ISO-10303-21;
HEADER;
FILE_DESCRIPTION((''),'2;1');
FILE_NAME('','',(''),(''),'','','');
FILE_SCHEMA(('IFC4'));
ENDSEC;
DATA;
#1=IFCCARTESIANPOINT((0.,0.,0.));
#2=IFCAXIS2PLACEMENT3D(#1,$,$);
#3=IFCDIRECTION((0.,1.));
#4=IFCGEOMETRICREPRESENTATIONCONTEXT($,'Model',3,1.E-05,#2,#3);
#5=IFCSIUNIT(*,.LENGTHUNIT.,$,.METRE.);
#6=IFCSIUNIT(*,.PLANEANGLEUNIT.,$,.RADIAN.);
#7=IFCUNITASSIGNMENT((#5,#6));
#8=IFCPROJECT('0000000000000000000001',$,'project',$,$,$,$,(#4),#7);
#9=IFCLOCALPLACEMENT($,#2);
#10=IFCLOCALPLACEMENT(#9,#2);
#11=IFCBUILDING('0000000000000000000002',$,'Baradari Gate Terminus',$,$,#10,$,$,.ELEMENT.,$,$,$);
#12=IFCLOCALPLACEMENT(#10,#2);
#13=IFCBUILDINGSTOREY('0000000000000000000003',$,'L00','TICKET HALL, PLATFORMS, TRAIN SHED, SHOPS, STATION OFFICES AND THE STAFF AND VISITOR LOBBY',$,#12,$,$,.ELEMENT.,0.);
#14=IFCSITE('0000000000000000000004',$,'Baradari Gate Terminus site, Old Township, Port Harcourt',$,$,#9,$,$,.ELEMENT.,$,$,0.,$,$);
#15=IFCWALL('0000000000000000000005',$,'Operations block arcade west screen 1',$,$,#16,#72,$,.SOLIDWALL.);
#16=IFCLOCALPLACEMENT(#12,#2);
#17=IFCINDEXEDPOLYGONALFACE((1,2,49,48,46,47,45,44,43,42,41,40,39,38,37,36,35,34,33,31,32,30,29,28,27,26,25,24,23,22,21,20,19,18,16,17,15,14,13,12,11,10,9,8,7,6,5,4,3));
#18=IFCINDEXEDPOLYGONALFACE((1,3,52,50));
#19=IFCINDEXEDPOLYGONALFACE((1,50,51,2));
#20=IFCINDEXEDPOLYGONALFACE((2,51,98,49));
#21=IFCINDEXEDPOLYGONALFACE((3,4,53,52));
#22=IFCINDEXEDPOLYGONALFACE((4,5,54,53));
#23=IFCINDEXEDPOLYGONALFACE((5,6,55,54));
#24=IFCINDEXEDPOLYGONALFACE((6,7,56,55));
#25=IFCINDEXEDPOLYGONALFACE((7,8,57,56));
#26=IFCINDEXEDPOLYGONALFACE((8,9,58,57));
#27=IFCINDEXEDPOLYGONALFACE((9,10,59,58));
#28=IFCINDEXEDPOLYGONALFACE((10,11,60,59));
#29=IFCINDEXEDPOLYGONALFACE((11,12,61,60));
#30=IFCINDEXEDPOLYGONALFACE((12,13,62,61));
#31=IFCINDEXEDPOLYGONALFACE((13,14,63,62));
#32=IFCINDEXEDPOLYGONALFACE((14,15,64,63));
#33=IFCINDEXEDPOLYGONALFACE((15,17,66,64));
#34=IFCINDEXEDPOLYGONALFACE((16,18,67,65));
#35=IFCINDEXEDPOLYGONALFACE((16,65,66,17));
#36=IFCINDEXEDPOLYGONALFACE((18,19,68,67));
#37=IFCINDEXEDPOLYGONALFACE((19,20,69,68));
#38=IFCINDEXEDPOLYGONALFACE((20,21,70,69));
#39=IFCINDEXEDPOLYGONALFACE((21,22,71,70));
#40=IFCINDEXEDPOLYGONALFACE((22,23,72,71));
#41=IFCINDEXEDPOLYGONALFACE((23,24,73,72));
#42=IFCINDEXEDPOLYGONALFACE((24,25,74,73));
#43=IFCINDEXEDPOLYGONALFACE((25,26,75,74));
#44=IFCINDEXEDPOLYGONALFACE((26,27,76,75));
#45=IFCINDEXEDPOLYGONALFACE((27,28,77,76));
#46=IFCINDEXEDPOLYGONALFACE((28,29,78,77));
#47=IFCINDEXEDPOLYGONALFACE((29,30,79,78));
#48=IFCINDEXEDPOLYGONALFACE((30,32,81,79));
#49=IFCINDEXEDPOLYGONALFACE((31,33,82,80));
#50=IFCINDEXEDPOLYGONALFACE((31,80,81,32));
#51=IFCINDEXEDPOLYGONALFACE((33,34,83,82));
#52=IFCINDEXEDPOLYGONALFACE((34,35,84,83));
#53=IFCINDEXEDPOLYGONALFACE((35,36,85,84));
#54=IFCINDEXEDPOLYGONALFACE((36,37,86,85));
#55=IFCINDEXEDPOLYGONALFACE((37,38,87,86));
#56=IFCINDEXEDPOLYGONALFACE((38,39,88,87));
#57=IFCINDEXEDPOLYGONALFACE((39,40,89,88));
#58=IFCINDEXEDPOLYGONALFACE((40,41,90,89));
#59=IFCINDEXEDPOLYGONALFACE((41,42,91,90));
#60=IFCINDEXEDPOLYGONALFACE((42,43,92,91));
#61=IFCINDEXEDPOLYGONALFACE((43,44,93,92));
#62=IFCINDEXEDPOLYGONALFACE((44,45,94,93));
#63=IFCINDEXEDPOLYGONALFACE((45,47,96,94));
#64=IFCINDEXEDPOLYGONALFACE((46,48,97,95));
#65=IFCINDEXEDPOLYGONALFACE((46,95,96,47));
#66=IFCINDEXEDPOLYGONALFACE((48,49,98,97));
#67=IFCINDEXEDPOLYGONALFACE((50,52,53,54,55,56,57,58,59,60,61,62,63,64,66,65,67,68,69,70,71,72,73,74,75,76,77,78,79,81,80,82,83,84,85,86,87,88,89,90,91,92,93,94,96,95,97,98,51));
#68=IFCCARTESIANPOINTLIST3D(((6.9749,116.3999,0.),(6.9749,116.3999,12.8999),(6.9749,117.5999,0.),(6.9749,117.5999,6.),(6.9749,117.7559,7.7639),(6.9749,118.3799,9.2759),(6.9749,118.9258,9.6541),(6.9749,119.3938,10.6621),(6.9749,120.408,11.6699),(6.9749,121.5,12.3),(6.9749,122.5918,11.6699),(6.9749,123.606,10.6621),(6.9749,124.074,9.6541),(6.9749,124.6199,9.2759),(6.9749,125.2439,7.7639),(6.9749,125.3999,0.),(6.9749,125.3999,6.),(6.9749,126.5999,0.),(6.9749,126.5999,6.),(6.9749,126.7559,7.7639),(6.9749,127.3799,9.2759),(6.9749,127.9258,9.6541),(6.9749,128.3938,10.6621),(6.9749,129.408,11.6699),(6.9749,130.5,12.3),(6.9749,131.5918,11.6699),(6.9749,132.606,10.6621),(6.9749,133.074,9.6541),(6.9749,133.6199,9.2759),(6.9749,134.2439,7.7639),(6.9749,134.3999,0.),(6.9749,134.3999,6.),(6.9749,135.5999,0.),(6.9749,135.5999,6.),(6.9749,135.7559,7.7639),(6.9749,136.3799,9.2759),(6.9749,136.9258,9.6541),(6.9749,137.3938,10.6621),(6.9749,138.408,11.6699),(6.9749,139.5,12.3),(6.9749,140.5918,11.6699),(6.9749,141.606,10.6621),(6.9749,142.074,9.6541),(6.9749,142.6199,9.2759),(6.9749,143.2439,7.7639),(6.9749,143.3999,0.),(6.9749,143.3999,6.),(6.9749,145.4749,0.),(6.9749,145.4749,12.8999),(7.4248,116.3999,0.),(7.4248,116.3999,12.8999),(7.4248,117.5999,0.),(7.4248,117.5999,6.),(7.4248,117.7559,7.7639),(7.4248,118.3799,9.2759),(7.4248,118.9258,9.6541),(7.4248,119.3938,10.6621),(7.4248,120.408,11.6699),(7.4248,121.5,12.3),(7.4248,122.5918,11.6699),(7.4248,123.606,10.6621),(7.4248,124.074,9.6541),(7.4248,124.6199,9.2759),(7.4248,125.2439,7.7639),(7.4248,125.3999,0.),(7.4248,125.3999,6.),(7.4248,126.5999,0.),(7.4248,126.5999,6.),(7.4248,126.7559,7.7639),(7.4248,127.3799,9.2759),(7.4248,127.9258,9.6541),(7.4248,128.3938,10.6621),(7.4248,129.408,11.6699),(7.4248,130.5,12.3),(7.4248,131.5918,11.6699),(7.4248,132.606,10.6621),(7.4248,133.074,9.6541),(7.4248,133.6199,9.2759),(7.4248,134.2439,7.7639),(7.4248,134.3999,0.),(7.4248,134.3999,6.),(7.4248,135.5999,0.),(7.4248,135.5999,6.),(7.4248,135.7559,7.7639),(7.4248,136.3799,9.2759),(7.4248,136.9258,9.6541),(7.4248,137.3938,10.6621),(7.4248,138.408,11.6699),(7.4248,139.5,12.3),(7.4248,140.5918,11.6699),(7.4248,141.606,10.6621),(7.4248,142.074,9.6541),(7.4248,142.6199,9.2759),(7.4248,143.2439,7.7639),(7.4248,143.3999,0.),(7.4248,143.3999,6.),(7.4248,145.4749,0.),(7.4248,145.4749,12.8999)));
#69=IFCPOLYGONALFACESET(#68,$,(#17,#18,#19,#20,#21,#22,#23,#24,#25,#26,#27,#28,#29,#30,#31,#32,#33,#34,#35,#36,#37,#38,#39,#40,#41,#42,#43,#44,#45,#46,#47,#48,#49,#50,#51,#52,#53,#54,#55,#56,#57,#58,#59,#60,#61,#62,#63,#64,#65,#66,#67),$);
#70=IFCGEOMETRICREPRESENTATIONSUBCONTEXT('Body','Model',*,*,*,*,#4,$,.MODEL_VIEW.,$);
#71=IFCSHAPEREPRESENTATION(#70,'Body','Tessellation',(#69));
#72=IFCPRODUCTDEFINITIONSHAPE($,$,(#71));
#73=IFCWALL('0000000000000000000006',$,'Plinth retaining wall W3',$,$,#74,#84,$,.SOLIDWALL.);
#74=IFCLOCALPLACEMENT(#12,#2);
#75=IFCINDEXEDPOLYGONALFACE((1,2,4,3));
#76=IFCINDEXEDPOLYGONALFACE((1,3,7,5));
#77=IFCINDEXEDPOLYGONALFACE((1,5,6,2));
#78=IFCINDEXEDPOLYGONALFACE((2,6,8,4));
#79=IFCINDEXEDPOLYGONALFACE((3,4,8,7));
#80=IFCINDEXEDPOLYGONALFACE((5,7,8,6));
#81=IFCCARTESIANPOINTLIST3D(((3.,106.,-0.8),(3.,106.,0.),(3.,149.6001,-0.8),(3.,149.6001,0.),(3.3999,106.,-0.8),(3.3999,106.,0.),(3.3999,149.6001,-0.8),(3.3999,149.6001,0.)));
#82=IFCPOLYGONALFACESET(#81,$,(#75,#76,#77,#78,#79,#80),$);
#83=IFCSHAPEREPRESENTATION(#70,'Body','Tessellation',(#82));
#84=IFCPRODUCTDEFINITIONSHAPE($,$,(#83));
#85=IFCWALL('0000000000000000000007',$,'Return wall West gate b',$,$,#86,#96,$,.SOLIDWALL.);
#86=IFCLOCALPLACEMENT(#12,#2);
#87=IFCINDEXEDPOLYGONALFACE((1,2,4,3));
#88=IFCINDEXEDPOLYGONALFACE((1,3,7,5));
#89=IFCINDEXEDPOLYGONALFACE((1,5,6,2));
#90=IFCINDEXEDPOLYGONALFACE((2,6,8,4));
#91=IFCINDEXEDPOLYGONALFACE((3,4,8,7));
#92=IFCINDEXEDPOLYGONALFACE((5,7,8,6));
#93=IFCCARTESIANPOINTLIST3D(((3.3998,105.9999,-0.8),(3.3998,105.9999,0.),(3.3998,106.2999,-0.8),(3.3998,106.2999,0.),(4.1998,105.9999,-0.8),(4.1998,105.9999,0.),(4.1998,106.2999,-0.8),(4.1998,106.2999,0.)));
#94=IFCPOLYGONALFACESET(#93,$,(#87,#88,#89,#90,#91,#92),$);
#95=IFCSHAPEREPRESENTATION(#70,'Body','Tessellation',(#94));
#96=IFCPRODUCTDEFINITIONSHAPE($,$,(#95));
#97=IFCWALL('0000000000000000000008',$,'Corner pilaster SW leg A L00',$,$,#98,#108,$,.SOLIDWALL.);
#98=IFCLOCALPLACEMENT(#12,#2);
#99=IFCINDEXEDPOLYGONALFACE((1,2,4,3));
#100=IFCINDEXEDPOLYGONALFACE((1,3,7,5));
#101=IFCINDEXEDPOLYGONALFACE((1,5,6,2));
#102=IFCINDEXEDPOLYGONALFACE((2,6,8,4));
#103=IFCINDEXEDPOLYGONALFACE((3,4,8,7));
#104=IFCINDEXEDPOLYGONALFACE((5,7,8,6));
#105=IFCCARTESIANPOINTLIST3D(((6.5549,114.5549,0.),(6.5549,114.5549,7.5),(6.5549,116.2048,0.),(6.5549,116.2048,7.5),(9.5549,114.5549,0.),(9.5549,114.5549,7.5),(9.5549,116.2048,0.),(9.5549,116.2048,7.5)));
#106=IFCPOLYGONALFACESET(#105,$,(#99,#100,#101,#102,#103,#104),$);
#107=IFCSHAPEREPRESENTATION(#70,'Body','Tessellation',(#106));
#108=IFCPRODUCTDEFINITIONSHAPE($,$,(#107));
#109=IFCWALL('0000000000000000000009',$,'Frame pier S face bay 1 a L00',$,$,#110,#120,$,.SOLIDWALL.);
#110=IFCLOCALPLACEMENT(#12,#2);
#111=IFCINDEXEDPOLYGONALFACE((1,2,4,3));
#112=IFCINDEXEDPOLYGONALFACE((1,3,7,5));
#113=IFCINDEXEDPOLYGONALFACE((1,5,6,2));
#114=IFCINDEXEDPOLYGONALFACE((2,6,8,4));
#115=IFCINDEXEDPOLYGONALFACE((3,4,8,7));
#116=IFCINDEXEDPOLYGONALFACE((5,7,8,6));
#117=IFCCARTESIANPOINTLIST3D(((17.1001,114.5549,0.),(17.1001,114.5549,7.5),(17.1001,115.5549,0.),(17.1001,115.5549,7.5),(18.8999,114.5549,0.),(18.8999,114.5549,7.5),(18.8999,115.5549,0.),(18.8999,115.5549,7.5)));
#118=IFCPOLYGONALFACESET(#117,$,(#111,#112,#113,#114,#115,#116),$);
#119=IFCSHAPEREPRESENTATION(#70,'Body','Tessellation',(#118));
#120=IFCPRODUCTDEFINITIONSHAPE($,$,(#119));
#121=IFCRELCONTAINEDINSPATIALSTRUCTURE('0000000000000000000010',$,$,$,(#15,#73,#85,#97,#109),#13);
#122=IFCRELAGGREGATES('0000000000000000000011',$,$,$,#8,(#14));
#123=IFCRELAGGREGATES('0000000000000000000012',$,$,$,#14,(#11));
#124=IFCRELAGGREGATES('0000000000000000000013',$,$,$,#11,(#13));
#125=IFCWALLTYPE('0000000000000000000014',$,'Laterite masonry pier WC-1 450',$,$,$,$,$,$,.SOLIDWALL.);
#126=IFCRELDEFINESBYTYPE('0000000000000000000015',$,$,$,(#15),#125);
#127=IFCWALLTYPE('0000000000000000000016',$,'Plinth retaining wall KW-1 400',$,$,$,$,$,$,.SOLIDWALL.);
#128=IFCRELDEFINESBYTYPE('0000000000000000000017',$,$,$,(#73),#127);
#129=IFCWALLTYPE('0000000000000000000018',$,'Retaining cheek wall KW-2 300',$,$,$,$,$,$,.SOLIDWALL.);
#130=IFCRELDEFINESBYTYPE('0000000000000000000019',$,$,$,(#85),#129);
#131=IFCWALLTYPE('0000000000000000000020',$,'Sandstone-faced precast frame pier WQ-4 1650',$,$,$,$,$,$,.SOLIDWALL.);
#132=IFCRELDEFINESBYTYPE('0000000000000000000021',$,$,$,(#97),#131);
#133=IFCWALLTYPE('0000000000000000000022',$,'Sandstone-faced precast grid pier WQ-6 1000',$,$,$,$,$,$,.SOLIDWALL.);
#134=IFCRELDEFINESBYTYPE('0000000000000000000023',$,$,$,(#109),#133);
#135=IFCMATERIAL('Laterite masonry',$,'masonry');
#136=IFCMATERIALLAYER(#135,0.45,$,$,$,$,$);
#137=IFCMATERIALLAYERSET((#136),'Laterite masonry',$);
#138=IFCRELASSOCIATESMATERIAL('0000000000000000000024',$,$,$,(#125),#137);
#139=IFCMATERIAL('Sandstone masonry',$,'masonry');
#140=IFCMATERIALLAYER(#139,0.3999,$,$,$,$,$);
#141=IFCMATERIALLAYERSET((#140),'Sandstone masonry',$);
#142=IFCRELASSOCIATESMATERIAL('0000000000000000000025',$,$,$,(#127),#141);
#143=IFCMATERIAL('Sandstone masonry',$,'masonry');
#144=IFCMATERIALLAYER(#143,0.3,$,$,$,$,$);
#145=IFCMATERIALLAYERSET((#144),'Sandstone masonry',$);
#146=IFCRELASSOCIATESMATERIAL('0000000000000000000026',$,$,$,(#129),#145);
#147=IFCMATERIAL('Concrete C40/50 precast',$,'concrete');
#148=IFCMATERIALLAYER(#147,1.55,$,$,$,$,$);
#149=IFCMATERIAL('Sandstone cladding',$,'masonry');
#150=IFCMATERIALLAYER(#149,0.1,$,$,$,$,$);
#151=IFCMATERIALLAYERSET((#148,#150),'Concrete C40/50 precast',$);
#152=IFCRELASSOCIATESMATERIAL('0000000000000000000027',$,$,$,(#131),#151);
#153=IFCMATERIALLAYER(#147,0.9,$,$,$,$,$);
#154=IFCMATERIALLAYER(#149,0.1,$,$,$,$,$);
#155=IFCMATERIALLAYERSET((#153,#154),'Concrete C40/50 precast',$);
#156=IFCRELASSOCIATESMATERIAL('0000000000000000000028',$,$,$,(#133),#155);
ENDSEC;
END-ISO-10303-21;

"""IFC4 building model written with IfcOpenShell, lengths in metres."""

from ifc_helpers import new_model, si_unit, direction, frame, frame_2d, origin, place, context, subcontext, project, spatial, polyline, rectangle, outline, extrude, material, layer, layer_set, type_object, element, save


model = new_model("IFC4")

# Units and contexts
model_context = context("Model", 3, precision=1e-05, world=origin(), true_north=direction((0.0, 1.0)))
body_context = subcontext(model_context, "Body", "Model", "MODEL_VIEW")
ifc_project = project(units=[si_unit("LENGTHUNIT", "METRE"), si_unit("PLANEANGLEUNIT", "RADIAN")], contexts=[model_context])

# Site, building, storey
site_placement = place(None, origin())
site = spatial("IfcSite", under=ifc_project, at=site_placement, Name="Baradari Gate Terminus site, Old Township, Port Harcourt", CompositionType="ELEMENT", RefElevation=0.0)
building_placement = place(site_placement, origin())
building = spatial("IfcBuilding", under=site, at=building_placement, Name="Baradari Gate Terminus", CompositionType="ELEMENT")
storey_placement = place(building_placement, origin())
storey = spatial("IfcBuildingStorey", under=building, at=storey_placement, Name="L00", Description="TICKET HALL, PLATFORMS, TRAIN SHED, SHOPS, STATION OFFICES AND THE STAFF AND VISITOR LOBBY", CompositionType="ELEMENT", Elevation=0.0)

# Shared definitions
ifc_material_1 = material(Name="Laterite masonry", Category="masonry")
ifc_layer_1 = layer(ifc_material_1, 0.45)
ifc_layer_set_1 = layer_set([ifc_layer_1], Name="Laterite masonry")
wall_type_1 = type_object("IfcWallType", Name="Laterite masonry pier WC-1 450", PredefinedType="SOLIDWALL", material=ifc_layer_set_1)

# Walls
wall_1_placement = place(storey_placement, frame((7.2, 116.3999, 0.0), z_axis=(0.0, 0.0, 1.0), x_axis=(0.0, 1.0, 0.0)))
element("IfcWall", 1, at=wall_1_placement, inside=storey, type_object=wall_type_1, Name="Operations block arcade west screen 1", PredefinedType="SOLIDWALL", context=body_context, shape_type="SweptSolid", body=[
    extrude(outline(polyline([(1.2, 0.0), (1.2, 6.0), (1.356, 7.7639), (1.98, 9.2759), (2.5259, 9.6541), (2.9939, 10.6621), (4.0081, 11.6699), (5.1001, 12.3), (6.1919, 11.6699), (7.2061, 10.6621), (7.6741, 9.6541), (8.22, 9.2759), (8.844, 7.7639), (9.0, 6.0), (9.0, 0.0), (10.2, 0.0), (10.2, 6.0), (10.356, 7.7639), (10.98, 9.2759), (11.5259, 9.6541), (11.9939, 10.6621), (13.0081, 11.6699), (14.1001, 12.3), (15.1919, 11.6699), (16.2061, 10.6621), (16.6741, 9.6541), (17.22, 9.2759), (17.844, 7.7639), (18.0, 6.0), (18.0, 0.0), (19.2, 0.0), (19.2, 6.0), (19.356, 7.7639), (19.98, 9.2759), (20.5259, 9.6541), (20.9939, 10.6621), (22.0081, 11.6699), (23.1001, 12.3), (24.1919, 11.6699), (25.2061, 10.6621), (25.6741, 9.6541), (26.22, 9.2759), (26.844, 7.7639), (27.0, 6.0), (27.0, 0.0), (29.075, 0.0), (29.075, 12.8999), (0.0, 12.8999), (0.0, 0.0), (1.2, 0.0)])), frame((0.0, 0.2251, 0.0), z_axis=(0.0, -1.0, 0.0), x_axis=(1.0, 0.0, 0.0)), (0.0, 0.0, 1.0), 0.45),
])
ifc_material_2 = material(Name="Sandstone masonry", Category="masonry")
ifc_layer_2 = layer(ifc_material_2, 0.3999)
ifc_layer_set_2 = layer_set([ifc_layer_2], Name="Sandstone masonry")
wall_type_2 = type_object("IfcWallType", Name="Plinth retaining wall KW-1 400", PredefinedType="SOLIDWALL", material=ifc_layer_set_2)
wall_2_placement = place(storey_placement, frame((3.2, 106.0, -0.8), z_axis=(0.0, 0.0, 1.0), x_axis=(0.0, 1.0, 0.0)))
element("IfcWall", 2, at=wall_2_placement, inside=storey, type_object=wall_type_2, Name="Plinth retaining wall W3", PredefinedType="SOLIDWALL", context=body_context, shape_type="SweptSolid", body=[
    extrude(rectangle(XDim=43.6001, YDim=0.3999, at=frame_2d((21.8, 0.0))), origin(), (0.0, 0.0, 1.0), 0.8),
])
ifc_material_3 = material(Name="Sandstone masonry", Category="masonry")
ifc_layer_3 = layer(ifc_material_3, 0.3)
ifc_layer_set_3 = layer_set([ifc_layer_3], Name="Sandstone masonry")
wall_type_3 = type_object("IfcWallType", Name="Retaining cheek wall KW-2 300", PredefinedType="SOLIDWALL", material=ifc_layer_set_3)
wall_3_placement = place(storey_placement, frame((3.3999, 106.1499, -0.8), z_axis=(0.0, 0.0, 1.0), x_axis=(1.0, 0.0, 0.0)))
element("IfcWall", 3, at=wall_3_placement, inside=storey, type_object=wall_type_3, Name="Return wall West gate b", PredefinedType="SOLIDWALL", context=body_context, shape_type="SweptSolid", body=[
    extrude(rectangle(XDim=0.8, YDim=0.3, at=frame_2d((0.3999, 0.0))), origin(), (0.0, 0.0, 1.0), 0.8),
])
ifc_material_4 = material(Name="Concrete C40/50 precast", Category="concrete")
ifc_layer_4 = layer(ifc_material_4, 1.55)
ifc_material_5 = material(Name="Sandstone cladding", Category="masonry")
ifc_layer_5 = layer(ifc_material_5, 0.1)
ifc_layer_set_4 = layer_set([ifc_layer_4, ifc_layer_5], Name="Concrete C40/50 precast")
wall_type_4 = type_object("IfcWallType", Name="Sandstone-faced precast frame pier WQ-4 1650", PredefinedType="SOLIDWALL", material=ifc_layer_set_4)
wall_4_placement = place(storey_placement, frame((6.5549, 115.3799, 0.0), z_axis=(0.0, 0.0, 1.0), x_axis=(1.0, 0.0, 0.0)))
element("IfcWall", 4, at=wall_4_placement, inside=storey, type_object=wall_type_4, Name="Corner pilaster SW leg A L00", PredefinedType="SOLIDWALL", context=body_context, shape_type="SweptSolid", body=[
    extrude(rectangle(XDim=3.0, YDim=1.6499, at=frame_2d((1.5, 0.0))), origin(), (0.0, 0.0, 1.0), 7.5),
])
ifc_layer_6 = layer(ifc_material_4, 0.9)
ifc_layer_7 = layer(ifc_material_5, 0.1)
ifc_layer_set_5 = layer_set([ifc_layer_6, ifc_layer_7], Name="Concrete C40/50 precast")
wall_type_5 = type_object("IfcWallType", Name="Sandstone-faced precast grid pier WQ-6 1000", PredefinedType="SOLIDWALL", material=ifc_layer_set_5)
wall_5_placement = place(storey_placement, frame((17.1001, 115.0549, 0.0), z_axis=(0.0, 0.0, 1.0), x_axis=(1.0, 0.0, 0.0)))
element("IfcWall", 5, at=wall_5_placement, inside=storey, type_object=wall_type_5, Name="Frame pier S face bay 1 a L00", PredefinedType="SOLIDWALL", context=body_context, shape_type="SweptSolid", body=[
    extrude(rectangle(XDim=1.7998, YDim=1.0, at=frame_2d((0.8999, 0.0))), origin(), (0.0, 0.0, 1.0), 7.5),
])

save(model, "model.ifc")
